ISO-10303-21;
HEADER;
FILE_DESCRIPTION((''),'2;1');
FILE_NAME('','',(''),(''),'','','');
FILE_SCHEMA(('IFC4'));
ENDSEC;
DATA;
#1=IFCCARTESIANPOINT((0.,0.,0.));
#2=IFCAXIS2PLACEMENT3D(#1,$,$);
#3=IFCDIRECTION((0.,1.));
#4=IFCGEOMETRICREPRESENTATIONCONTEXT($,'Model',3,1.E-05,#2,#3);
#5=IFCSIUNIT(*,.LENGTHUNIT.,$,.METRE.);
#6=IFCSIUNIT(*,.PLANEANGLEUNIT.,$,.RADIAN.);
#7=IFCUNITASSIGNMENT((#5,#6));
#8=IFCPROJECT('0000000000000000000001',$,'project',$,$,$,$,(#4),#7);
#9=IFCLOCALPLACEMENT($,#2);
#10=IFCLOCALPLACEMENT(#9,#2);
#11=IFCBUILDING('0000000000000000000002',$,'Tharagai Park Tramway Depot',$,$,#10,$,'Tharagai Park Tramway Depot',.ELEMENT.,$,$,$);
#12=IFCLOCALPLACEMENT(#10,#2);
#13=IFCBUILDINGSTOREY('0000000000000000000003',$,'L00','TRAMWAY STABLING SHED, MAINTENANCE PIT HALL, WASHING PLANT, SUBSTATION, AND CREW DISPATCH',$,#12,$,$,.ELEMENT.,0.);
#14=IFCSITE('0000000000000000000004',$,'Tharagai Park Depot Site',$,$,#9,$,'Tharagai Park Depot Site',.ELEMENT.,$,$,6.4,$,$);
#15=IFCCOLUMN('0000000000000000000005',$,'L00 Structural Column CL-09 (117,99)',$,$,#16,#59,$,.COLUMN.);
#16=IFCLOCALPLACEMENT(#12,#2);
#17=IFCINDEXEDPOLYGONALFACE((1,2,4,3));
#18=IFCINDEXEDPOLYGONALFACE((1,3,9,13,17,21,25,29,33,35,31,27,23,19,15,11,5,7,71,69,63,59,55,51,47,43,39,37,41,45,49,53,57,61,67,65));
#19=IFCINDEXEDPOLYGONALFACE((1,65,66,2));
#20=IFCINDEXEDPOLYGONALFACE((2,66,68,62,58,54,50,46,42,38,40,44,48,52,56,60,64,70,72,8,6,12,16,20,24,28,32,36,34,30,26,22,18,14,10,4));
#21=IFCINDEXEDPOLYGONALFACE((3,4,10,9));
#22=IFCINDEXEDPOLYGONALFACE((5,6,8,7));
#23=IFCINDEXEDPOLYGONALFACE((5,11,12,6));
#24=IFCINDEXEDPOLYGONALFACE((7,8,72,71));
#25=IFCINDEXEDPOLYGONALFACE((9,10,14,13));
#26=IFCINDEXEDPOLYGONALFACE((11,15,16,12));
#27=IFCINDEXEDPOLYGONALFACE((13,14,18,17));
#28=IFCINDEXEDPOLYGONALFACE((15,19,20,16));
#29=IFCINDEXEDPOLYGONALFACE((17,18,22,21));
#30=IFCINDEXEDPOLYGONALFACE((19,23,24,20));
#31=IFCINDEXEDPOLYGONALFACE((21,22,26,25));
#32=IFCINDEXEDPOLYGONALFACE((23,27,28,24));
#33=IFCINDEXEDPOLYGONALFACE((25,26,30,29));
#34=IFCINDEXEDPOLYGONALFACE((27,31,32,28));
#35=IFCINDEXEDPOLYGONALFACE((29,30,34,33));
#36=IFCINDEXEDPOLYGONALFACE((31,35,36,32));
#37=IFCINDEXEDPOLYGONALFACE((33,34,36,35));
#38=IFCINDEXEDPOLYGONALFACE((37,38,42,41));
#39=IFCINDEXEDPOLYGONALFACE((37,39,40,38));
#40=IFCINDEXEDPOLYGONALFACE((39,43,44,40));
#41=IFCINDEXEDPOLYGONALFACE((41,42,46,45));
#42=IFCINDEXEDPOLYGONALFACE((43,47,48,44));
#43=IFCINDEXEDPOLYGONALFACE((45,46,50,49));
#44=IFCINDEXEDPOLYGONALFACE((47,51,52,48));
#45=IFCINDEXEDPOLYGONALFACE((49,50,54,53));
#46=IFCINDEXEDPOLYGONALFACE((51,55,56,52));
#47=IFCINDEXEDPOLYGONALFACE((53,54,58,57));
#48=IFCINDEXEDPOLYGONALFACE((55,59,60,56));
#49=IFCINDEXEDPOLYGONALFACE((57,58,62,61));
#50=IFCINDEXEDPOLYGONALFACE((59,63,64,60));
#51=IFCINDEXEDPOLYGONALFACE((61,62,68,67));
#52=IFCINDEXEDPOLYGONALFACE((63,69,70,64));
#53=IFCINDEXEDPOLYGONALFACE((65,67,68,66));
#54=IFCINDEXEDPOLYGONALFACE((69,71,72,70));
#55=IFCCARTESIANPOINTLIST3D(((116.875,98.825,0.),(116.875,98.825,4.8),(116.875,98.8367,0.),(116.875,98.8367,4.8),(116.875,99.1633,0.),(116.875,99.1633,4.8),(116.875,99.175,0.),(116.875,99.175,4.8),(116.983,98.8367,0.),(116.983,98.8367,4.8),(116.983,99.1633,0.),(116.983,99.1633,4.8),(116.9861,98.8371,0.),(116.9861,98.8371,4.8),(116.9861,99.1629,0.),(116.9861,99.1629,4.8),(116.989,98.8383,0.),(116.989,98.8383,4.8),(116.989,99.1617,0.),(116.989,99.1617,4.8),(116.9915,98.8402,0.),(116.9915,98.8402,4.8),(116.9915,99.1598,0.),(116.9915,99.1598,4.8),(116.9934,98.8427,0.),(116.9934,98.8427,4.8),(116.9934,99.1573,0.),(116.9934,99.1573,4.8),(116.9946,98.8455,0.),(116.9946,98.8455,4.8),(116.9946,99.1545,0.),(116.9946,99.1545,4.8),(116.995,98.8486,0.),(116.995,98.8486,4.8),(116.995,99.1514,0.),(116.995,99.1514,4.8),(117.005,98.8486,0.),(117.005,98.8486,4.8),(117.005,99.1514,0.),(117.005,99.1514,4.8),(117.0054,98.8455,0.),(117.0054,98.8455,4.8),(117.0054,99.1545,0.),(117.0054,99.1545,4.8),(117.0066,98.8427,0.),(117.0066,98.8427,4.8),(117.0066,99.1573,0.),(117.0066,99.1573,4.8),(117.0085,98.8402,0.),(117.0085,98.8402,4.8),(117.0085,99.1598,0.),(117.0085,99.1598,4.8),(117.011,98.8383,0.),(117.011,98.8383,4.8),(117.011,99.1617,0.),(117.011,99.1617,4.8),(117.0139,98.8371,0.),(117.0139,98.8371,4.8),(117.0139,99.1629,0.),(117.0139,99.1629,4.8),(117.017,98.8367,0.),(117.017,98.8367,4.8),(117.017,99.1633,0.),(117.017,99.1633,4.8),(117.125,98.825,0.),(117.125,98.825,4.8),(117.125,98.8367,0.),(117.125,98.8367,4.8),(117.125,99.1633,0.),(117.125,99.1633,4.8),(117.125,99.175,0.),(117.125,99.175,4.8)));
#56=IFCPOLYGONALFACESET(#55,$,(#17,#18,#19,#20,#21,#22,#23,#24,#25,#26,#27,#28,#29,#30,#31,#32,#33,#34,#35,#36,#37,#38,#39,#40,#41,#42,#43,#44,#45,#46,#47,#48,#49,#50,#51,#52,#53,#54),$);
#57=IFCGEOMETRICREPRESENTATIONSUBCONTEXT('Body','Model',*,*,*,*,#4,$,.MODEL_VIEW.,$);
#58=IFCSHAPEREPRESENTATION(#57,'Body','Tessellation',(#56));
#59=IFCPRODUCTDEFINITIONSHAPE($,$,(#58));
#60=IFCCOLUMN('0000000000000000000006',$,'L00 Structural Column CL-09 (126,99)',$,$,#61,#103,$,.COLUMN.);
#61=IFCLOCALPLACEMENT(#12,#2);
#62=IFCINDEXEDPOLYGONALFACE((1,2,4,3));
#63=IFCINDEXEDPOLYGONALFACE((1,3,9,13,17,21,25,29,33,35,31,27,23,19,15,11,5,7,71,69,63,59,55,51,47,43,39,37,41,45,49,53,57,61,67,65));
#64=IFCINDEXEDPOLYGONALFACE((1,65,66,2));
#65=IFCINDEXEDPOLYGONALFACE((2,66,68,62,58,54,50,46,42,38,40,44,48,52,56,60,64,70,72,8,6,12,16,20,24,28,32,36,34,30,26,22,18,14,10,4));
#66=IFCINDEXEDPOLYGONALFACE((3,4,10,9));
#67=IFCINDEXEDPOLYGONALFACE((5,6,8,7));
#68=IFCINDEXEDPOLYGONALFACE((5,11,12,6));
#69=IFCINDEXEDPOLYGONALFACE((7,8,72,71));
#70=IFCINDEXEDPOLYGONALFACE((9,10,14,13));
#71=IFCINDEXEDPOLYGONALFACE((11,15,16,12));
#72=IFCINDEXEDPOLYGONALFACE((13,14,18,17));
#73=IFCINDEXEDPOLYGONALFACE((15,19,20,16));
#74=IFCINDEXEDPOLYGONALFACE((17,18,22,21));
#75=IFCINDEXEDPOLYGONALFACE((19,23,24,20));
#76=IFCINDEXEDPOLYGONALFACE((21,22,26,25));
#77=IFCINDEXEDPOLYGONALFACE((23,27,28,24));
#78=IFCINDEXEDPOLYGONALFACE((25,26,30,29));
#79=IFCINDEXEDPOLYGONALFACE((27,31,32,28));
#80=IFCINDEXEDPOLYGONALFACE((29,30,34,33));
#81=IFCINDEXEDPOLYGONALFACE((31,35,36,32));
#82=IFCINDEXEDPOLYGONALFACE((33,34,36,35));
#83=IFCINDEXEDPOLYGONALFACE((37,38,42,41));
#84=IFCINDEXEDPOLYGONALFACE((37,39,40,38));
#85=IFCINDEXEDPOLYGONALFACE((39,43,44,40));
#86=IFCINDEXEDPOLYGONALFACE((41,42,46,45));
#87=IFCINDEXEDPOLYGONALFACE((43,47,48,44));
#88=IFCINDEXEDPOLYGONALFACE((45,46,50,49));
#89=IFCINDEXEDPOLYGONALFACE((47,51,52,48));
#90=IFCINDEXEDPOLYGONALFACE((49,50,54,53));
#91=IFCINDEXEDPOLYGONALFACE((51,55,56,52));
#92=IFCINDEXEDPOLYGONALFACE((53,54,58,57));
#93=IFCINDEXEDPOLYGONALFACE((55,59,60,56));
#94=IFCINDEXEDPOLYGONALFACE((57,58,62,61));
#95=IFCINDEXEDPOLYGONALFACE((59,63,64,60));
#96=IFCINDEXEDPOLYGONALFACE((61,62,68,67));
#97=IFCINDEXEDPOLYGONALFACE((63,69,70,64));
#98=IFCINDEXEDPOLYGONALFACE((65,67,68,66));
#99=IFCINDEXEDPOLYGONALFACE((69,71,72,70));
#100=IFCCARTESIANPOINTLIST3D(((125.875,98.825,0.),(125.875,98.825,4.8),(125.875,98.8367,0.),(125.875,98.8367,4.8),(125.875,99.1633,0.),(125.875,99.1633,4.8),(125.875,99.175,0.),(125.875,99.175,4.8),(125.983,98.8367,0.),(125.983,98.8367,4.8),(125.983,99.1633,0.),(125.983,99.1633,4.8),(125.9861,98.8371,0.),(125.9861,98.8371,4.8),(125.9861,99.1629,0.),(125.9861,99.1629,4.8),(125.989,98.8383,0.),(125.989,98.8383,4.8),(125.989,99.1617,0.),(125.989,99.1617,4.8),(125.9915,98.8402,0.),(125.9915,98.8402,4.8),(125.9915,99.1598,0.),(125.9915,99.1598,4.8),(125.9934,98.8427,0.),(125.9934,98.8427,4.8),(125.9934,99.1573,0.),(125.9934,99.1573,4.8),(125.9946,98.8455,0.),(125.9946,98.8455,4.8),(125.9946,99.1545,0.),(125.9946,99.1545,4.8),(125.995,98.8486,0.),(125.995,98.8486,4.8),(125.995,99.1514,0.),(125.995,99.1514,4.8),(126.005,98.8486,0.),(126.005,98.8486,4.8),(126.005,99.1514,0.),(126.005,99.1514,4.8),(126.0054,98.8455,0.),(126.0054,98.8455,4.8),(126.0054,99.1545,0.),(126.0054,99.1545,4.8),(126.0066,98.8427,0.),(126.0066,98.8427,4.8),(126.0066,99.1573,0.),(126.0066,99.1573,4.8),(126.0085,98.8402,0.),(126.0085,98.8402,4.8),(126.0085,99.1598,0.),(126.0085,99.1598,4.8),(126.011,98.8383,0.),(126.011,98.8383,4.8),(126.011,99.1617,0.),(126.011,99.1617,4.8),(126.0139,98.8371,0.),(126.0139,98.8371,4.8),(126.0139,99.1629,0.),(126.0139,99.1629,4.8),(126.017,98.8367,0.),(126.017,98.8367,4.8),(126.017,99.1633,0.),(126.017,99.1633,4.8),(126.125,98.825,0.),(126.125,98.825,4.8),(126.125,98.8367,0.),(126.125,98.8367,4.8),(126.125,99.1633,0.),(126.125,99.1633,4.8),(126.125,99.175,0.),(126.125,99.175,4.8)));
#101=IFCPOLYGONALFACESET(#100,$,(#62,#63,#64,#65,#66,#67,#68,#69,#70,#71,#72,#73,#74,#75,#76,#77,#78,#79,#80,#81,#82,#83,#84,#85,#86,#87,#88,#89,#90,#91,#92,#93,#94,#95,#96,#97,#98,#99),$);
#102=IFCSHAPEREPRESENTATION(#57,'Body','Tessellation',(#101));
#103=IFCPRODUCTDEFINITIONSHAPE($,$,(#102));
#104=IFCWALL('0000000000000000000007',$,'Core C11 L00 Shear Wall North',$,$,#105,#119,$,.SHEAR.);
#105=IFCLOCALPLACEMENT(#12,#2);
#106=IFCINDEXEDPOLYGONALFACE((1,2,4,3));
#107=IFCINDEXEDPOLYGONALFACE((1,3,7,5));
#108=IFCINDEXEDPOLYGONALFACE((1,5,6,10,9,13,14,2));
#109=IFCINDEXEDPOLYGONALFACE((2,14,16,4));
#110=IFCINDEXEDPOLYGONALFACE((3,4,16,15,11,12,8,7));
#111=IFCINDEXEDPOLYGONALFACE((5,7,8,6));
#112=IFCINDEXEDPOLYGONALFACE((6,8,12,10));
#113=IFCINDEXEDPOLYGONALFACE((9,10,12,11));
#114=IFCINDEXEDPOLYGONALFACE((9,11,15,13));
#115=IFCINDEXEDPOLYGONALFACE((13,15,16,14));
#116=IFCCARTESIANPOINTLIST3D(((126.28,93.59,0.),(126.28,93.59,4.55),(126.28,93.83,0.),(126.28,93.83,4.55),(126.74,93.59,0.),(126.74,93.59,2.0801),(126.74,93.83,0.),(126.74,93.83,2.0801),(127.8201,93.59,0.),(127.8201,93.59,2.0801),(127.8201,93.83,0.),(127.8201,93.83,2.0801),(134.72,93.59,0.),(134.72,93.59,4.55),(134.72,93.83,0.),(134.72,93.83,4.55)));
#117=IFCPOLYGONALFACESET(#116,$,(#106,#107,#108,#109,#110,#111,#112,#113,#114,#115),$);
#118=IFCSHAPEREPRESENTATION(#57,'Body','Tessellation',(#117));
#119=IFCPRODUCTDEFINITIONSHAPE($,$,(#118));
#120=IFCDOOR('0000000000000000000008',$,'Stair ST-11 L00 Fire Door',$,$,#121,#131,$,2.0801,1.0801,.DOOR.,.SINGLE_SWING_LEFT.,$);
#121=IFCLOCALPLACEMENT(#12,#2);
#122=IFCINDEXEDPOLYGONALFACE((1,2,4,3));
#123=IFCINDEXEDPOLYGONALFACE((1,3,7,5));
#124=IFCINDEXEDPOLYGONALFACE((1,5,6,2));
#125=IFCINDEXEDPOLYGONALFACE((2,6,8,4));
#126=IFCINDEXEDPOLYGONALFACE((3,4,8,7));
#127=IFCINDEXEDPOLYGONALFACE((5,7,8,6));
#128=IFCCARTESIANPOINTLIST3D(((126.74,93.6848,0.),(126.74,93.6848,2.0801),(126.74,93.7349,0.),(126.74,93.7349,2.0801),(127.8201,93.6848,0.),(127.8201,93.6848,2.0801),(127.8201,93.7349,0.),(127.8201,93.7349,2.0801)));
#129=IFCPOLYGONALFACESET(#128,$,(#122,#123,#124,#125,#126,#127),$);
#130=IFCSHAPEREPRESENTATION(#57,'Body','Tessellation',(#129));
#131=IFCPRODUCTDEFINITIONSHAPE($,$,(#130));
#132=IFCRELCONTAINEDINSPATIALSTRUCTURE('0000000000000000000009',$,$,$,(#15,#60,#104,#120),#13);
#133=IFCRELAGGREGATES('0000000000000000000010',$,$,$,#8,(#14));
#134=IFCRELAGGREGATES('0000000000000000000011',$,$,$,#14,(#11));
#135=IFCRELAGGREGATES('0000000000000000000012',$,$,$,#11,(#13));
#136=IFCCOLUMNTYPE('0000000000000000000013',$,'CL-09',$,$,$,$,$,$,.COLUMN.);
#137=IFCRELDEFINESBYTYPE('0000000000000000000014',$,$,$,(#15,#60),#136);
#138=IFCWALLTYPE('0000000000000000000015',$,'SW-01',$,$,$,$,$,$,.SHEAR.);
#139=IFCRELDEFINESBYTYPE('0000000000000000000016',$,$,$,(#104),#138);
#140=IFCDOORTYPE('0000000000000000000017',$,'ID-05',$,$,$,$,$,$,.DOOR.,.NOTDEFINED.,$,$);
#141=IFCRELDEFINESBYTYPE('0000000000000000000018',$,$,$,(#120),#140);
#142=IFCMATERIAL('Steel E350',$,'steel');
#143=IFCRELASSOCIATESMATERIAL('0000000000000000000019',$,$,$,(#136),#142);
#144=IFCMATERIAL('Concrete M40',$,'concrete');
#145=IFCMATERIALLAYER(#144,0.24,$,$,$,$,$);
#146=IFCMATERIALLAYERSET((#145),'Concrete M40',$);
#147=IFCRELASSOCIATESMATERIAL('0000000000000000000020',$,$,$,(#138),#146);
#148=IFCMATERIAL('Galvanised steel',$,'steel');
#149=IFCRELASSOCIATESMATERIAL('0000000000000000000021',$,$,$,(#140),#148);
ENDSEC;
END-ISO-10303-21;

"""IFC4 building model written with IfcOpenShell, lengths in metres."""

from ifc_helpers import new_model, si_unit, direction, frame, frame_2d, origin, origin_2d, place, context, subcontext, project, spatial, rectangle, i_section, extrude, material, layer, layer_set, material_profile, profile_set, type_object, element, fill, save


model = new_model("IFC4")

# Units and contexts
model_context = context("Model", 3, precision=1e-05, world=origin(), true_north=direction((0.0, 1.0)))
body_context = subcontext(model_context, "Body", "Model", "MODEL_VIEW")
ifc_project = project(units=[si_unit("LENGTHUNIT", "METRE"), si_unit("PLANEANGLEUNIT", "RADIAN")], contexts=[model_context])

# Site, building, storey
site_placement = place(None, origin())
site = spatial("IfcSite", under=ifc_project, at=site_placement, Name="Tharagai Park Depot Site", LongName="Tharagai Park Depot Site", CompositionType="ELEMENT", RefElevation=6.4)
building_placement = place(site_placement, origin())
building = spatial("IfcBuilding", under=site, at=building_placement, Name="Tharagai Park Tramway Depot", LongName="Tharagai Park Tramway Depot", CompositionType="ELEMENT")
storey_placement = place(building_placement, origin())
storey = spatial("IfcBuildingStorey", under=building, at=storey_placement, Name="L00", Description="TRAMWAY STABLING SHED, MAINTENANCE PIT HALL, WASHING PLANT, SUBSTATION, AND CREW DISPATCH", CompositionType="ELEMENT", Elevation=0.0)

# Shared definitions
ifc_material_1 = material(Name="Concrete M40", Category="concrete")

# Columns
ifc_material_2 = material(Name="Steel E350", Category="steel")
ifc_material_profile_1 = material_profile(ifc_material_2, i_section(OverallWidth=0.25, OverallDepth=0.3501, WebThickness=0.01, FlangeThickness=0.0117, FilletRadius=0.012, at=origin_2d()), Name="ISHB 350")
ifc_profile_set_1 = profile_set([ifc_material_profile_1], Name="Steel E350")
column_type_1 = type_object("IfcColumnType", Name="CL-09", PredefinedType="COLUMN", material=ifc_profile_set_1)
for number, where, z_axis, x_axis, name in (
    (1, (117.0, 99.0, 0.0), (0.0, 0.0, 1.0), (1.0, 0.0, 0.0), "L00 Structural Column CL-09 (117,99)"),
    (2, (126.0, 99.0, 0.0), (0.0, 0.0, 1.0), (1.0, 0.0, 0.0), "L00 Structural Column CL-09 (126,99)"),
):
    element("IfcColumn", number, at=place(storey_placement, frame(where, z_axis=z_axis, x_axis=x_axis)), inside=storey, type_object=column_type_1, Name=name, PredefinedType="COLUMN", context=body_context, shape_type="SweptSolid", body=[
        extrude(i_section(OverallWidth=0.25, OverallDepth=0.3501, WebThickness=0.01, FlangeThickness=0.0117, FilletRadius=0.012, at=origin_2d()), origin(), (0.0, 0.0, 1.0), 4.8),
    ])

# Wall, opening, door
ifc_layer = layer(ifc_material_1, 0.24)
ifc_layer_set = layer_set([ifc_layer], Name="Concrete M40")
wall_type = type_object("IfcWallType", Name="SW-01", PredefinedType="SHEAR", material=ifc_layer_set)
wall_placement = place(storey_placement, frame((126.28, 93.71, 0.0), z_axis=(0.0, 0.0, 1.0), x_axis=(1.0, 0.0, 0.0)))
wall = element("IfcWall", 3, at=wall_placement, inside=storey, type_object=wall_type, Name="Core C11 L00 Shear Wall North", PredefinedType="SHEAR", context=body_context, shape_type="SweptSolid", body=[
    extrude(rectangle(XDim=8.4399, YDim=0.24, at=frame_2d((4.22, 0.0))), origin(), (0.0, 0.0, 1.0), 4.55),
])
opening_placement = place(wall_placement, frame((0.46, 0.0, 0.0)))
opening = element("IfcOpeningElement", 4, at=opening_placement, cuts=wall, PredefinedType="OPENING", context=body_context, shape_type="SweptSolid", body=[
    extrude(rectangle(XDim=1.0801, YDim=2.0801, at=frame_2d((0.54, 1.04))), frame((0.0, 0.1299, 0.0), z_axis=(0.0, -1.0, 0.0), x_axis=(1.0, 0.0, 0.0)), (0.0, 0.0, 1.0), 0.26),
])
ifc_material_3 = material(Name="Galvanised steel", Category="steel")
door_type = type_object("IfcDoorType", Name="ID-05", OperationType="NOTDEFINED", PredefinedType="DOOR", material=ifc_material_3)
door_placement = place(opening_placement, origin())
door = element("IfcDoor", 5, at=door_placement, inside=storey, type_object=door_type, Name="Stair ST-11 L00 Fire Door", OperationType="SINGLE_SWING_LEFT", OverallHeight=2.0801, OverallWidth=1.0801, PredefinedType="DOOR", context=body_context, shape_type="SweptSolid", body=[
    extrude(rectangle(XDim=1.0801, YDim=2.0801, at=frame_2d((0.54, 1.04))), frame((0.0, 0.0249, 0.0), z_axis=(0.0, -1.0, 0.0), x_axis=(1.0, 0.0, 0.0)), (0.0, 0.0, 1.0), 0.05),
])
fill(opening, door)

save(model, "model.ifc")
